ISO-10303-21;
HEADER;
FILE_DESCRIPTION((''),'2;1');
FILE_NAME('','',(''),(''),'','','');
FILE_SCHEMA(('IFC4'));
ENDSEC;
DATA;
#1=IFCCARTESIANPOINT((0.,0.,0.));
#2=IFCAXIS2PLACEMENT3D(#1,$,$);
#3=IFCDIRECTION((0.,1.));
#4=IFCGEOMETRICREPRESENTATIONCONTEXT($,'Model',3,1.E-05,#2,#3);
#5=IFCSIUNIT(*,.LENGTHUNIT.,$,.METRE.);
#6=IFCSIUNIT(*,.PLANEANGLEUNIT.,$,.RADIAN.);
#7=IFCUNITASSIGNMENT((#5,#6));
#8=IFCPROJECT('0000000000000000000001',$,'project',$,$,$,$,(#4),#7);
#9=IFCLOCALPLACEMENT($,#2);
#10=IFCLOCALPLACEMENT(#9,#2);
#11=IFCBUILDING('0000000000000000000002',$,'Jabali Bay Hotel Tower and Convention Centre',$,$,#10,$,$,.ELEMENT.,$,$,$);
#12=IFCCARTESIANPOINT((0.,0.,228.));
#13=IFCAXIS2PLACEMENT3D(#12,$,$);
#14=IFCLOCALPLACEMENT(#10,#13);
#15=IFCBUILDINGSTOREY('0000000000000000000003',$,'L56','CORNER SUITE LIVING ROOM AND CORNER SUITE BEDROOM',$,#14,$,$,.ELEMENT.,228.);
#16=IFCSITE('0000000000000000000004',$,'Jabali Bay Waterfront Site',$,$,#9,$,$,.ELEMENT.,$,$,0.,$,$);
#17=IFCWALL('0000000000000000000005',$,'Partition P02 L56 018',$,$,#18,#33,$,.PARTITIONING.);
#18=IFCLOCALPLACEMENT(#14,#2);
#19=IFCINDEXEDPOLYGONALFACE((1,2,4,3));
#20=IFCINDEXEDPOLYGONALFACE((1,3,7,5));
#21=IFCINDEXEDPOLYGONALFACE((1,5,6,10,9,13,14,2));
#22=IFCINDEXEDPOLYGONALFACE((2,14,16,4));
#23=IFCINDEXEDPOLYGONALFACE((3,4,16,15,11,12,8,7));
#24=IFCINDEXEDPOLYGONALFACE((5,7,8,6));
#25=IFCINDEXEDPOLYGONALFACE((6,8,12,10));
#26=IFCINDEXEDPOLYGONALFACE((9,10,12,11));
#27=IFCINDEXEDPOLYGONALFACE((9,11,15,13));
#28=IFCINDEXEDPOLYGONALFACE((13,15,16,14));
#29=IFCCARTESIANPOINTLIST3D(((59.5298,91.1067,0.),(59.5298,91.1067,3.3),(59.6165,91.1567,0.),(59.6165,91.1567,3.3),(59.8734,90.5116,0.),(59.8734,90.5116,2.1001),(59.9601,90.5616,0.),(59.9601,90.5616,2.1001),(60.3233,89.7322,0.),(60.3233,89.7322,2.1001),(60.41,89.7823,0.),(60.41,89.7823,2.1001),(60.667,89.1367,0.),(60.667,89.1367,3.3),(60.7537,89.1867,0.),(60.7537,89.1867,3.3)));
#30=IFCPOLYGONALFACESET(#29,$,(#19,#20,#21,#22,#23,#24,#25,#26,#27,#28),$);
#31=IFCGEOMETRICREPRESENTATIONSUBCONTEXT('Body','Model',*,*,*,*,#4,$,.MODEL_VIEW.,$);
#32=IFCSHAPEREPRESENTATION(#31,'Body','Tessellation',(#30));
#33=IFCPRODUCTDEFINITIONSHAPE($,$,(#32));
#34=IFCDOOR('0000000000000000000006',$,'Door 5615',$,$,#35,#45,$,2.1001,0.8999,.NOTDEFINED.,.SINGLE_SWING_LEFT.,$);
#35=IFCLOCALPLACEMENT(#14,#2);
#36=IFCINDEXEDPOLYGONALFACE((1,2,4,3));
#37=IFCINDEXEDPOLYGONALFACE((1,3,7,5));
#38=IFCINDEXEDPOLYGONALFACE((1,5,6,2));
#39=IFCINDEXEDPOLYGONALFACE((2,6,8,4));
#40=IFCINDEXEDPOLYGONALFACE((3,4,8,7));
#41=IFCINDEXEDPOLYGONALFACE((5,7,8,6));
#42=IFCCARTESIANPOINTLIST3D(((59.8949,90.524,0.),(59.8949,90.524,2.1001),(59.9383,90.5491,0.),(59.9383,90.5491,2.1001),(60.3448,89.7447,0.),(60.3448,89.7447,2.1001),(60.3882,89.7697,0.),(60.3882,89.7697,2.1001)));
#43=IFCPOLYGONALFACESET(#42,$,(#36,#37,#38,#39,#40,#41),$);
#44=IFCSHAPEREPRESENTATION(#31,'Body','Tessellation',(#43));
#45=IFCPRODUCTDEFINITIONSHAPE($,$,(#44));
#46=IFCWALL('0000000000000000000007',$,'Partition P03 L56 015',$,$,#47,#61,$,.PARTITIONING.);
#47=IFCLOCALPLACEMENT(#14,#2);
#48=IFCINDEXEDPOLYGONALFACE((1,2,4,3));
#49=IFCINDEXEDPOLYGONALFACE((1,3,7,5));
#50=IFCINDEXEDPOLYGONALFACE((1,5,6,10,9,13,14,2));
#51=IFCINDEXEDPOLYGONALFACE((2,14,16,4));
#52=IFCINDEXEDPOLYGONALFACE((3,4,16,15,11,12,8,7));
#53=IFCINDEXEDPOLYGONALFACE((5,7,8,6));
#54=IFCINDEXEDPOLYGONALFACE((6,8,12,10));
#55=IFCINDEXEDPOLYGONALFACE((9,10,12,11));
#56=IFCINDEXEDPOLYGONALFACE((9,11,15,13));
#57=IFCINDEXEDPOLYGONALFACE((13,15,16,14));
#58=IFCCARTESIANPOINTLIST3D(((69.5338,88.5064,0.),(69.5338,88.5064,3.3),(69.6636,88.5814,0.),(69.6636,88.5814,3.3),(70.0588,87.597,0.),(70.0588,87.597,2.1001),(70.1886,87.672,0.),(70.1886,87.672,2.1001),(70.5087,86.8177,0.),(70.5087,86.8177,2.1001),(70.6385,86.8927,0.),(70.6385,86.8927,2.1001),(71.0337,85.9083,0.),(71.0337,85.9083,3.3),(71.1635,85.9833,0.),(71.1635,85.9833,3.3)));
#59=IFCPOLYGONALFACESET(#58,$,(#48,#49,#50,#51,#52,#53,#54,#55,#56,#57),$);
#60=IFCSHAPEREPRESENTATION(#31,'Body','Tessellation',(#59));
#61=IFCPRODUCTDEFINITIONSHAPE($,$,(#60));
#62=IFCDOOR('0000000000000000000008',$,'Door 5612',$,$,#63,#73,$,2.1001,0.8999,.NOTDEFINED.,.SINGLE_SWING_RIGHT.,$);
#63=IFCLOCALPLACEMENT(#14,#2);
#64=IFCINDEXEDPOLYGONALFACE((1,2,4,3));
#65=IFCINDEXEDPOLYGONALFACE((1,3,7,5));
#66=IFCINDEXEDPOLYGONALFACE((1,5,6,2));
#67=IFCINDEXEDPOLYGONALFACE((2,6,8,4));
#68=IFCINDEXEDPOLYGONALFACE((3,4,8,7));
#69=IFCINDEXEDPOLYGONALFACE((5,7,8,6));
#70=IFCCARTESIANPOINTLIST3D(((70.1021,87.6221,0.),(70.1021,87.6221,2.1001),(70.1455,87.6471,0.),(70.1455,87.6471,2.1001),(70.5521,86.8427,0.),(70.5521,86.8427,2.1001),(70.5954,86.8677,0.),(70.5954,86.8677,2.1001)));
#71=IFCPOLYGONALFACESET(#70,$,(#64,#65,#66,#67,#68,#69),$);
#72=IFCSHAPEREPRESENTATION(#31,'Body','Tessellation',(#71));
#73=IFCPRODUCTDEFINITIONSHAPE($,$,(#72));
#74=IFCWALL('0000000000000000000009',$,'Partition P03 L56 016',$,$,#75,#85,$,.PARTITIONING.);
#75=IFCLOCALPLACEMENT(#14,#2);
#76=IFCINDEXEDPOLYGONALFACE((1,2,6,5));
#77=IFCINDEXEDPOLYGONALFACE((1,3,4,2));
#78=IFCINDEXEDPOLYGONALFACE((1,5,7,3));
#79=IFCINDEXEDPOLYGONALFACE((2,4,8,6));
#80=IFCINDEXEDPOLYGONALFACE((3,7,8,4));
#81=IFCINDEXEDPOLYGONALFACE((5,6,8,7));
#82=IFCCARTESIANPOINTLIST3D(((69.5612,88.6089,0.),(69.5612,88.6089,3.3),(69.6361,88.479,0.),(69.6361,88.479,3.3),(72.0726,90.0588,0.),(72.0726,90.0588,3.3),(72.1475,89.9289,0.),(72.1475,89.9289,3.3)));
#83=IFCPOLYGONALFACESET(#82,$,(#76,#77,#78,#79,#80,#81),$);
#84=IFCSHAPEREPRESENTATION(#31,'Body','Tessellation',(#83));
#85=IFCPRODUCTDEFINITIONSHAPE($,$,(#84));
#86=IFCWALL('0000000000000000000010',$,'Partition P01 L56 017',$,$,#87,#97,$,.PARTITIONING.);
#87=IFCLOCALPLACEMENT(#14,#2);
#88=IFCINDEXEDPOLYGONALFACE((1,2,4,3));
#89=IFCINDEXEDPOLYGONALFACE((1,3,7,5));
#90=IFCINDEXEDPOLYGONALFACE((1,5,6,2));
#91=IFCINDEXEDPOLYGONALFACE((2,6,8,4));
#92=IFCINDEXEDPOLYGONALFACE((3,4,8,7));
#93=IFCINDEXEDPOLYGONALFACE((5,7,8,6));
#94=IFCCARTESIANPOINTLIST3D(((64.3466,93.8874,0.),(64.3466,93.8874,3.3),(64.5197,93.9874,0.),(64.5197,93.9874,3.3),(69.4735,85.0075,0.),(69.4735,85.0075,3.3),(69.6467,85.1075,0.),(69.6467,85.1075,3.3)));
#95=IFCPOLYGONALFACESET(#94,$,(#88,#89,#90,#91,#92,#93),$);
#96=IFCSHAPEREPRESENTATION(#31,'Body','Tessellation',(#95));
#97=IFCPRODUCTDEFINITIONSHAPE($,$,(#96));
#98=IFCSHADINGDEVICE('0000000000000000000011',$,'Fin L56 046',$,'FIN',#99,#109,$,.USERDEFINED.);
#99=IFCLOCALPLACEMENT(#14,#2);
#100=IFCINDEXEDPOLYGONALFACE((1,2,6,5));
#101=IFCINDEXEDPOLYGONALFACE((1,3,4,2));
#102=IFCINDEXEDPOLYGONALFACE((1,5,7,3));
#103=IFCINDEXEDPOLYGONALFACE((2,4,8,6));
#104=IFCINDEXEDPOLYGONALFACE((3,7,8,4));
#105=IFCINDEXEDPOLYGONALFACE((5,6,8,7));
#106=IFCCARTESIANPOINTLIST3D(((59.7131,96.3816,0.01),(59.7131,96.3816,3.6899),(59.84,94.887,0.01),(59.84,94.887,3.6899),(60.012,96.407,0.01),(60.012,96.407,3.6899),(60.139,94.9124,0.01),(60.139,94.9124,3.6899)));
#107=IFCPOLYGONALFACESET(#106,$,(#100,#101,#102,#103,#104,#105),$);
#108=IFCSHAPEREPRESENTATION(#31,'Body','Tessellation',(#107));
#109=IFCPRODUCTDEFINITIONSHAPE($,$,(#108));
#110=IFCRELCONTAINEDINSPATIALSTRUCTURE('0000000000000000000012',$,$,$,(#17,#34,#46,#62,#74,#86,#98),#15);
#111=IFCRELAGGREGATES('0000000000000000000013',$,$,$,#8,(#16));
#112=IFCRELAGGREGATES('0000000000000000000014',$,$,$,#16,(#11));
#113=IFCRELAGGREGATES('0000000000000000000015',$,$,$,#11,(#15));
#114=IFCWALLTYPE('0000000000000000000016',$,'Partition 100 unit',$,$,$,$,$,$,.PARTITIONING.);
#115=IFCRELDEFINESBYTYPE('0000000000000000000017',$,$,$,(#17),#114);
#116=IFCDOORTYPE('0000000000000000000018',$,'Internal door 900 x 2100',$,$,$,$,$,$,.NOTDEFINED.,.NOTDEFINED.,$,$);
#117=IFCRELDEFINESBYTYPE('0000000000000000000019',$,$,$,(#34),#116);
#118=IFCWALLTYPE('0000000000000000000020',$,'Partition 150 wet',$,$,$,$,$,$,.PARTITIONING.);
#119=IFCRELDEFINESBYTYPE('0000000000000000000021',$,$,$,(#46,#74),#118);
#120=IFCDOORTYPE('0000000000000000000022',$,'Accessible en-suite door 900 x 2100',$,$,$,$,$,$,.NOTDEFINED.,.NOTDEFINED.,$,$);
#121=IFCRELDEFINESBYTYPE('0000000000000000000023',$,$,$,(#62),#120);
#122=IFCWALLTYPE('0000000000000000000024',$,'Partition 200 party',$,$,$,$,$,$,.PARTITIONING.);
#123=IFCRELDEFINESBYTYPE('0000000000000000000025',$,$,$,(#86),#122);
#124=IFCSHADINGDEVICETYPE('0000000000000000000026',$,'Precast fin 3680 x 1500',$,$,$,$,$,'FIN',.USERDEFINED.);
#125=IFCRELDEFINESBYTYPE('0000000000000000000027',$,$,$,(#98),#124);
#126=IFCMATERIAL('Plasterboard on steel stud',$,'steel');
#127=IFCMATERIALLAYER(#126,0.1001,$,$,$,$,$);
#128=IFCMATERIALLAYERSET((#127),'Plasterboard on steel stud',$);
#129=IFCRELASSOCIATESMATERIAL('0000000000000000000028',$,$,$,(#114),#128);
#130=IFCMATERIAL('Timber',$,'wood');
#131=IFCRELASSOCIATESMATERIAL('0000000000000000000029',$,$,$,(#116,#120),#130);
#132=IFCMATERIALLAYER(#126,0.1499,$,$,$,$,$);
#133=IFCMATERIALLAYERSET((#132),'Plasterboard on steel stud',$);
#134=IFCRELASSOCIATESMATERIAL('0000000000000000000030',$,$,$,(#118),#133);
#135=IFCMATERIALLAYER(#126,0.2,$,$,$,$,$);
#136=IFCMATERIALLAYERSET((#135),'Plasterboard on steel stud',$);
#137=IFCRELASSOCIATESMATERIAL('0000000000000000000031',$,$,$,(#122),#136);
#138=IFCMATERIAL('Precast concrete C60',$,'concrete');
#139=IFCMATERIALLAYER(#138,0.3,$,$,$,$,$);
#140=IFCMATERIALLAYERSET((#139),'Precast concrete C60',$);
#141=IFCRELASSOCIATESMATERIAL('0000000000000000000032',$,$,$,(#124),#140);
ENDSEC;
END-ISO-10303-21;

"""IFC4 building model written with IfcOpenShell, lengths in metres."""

from ifc_helpers import new_model, si_unit, direction, frame, frame_2d, origin, place, context, subcontext, project, spatial, rectangle, extrude, material, layer, layer_set, type_object, element, fill, save


model = new_model("IFC4")

# Units and contexts
model_context = context("Model", 3, precision=1e-05, world=origin(), true_north=direction((0.0, 1.0)))
body_context = subcontext(model_context, "Body", "Model", "MODEL_VIEW")
ifc_project = project(units=[si_unit("LENGTHUNIT", "METRE"), si_unit("PLANEANGLEUNIT", "RADIAN")], contexts=[model_context])

# Site, building, storey
site_placement = place(None, origin())
site = spatial("IfcSite", under=ifc_project, at=site_placement, Name="Jabali Bay Waterfront Site", CompositionType="ELEMENT", RefElevation=0.0)
building_placement = place(site_placement, origin())
building = spatial("IfcBuilding", under=site, at=building_placement, Name="Jabali Bay Hotel Tower and Convention Centre", CompositionType="ELEMENT")
storey_placement = place(building_placement, frame((0.0, 0.0, 228.0)))
storey = spatial("IfcBuildingStorey", under=building, at=storey_placement, Name="L56", Description="CORNER SUITE LIVING ROOM AND CORNER SUITE BEDROOM", CompositionType="ELEMENT", Elevation=228.0)

# Shared definitions
ifc_material_1 = material(Name="Timber", Category="wood")

# Walls, openings, doors
ifc_material_2 = material(Name="Plasterboard on steel stud", Category="steel")
ifc_layer_1 = layer(ifc_material_2, 0.1001)
ifc_layer_set_1 = layer_set([ifc_layer_1], Name="Plasterboard on steel stud")
wall_type_1 = type_object("IfcWallType", Name="Partition 100 unit", PredefinedType="PARTITIONING", material=ifc_layer_set_1)
wall_1_placement = place(storey_placement, frame((59.5732, 91.1316, 0.0), z_axis=(0.0, 0.0, 1.0), x_axis=(0.499949, -0.866055, 0.0)))
wall_1 = element("IfcWall", 1, at=wall_1_placement, inside=storey, type_object=wall_type_1, Name="Partition P02 L56 018", PredefinedType="PARTITIONING", context=body_context, shape_type="SweptSolid", body=[
    extrude(rectangle(XDim=2.2747, YDim=0.1001, at=frame_2d((1.1372, 0.0))), origin(), (0.0, 0.0, 1.0), 3.3),
])
opening_1_placement = place(wall_1_placement, frame((0.687, 0.0, 0.0)))
opening_1 = element("IfcOpeningElement", 2, at=opening_1_placement, cuts=wall_1, PredefinedType="OPENING", context=body_context, shape_type="SweptSolid", body=[
    extrude(rectangle(XDim=0.8999, YDim=2.1001, at=frame_2d((0.45, 1.05))), frame((0.0, 0.0605, 0.0), z_axis=(0.0, -1.0, 0.0), x_axis=(1.0, 0.0, 0.0)), (0.0, 0.0, 1.0), 0.1211),
])
door_type_1 = type_object("IfcDoorType", Name="Internal door 900 x 2100", OperationType="NOTDEFINED", PredefinedType="NOTDEFINED", material=ifc_material_1)
door_1_placement = place(opening_1_placement, origin())
door_1 = element("IfcDoor", 3, at=door_1_placement, inside=storey, type_object=door_type_1, Name="Door 5615", OperationType="SINGLE_SWING_LEFT", OverallHeight=2.1001, OverallWidth=0.8999, PredefinedType="NOTDEFINED", context=body_context, shape_type="SweptSolid", body=[
    extrude(rectangle(XDim=0.8999, YDim=2.1001, at=frame_2d((0.45, 1.05))), frame((0.0, 0.0249, 0.0), z_axis=(0.0, -1.0, 0.0), x_axis=(1.0, 0.0, 0.0)), (0.0, 0.0, 1.0), 0.05),
])
fill(opening_1, door_1)
ifc_layer_2 = layer(ifc_material_2, 0.1499)
ifc_layer_set_2 = layer_set([ifc_layer_2], Name="Plasterboard on steel stud")
wall_type_2 = type_object("IfcWallType", Name="Partition 150 wet", PredefinedType="PARTITIONING", material=ifc_layer_set_2)
wall_2_placement = place(storey_placement, frame((71.0986, 85.9458, 0.0), z_axis=(0.0, 0.0, 1.0), x_axis=(-0.49999, 0.866031, 0.0)))
wall_2 = element("IfcWall", 4, at=wall_2_placement, inside=storey, type_object=wall_type_2, Name="Partition P03 L56 015", PredefinedType="PARTITIONING", context=body_context, shape_type="SweptSolid", body=[
    extrude(rectangle(XDim=3.0, YDim=0.1499, at=frame_2d((1.5, 0.0))), origin(), (0.0, 0.0, 1.0), 3.3),
])
opening_2_placement = place(wall_2_placement, frame((1.05, 0.0, 0.0)))
opening_2 = element("IfcOpeningElement", 5, at=opening_2_placement, cuts=wall_2, PredefinedType="OPENING", context=body_context, shape_type="SweptSolid", body=[
    extrude(rectangle(XDim=0.8999, YDim=2.1001, at=frame_2d((0.45, 1.05))), frame((0.0, 0.0854, 0.0), z_axis=(0.0, -1.0, 0.0), x_axis=(1.0, 0.0, 0.0)), (0.0, 0.0, 1.0), 0.1709),
])
door_type_2 = type_object("IfcDoorType", Name="Accessible en-suite door 900 x 2100", OperationType="NOTDEFINED", PredefinedType="NOTDEFINED", material=ifc_material_1)
door_2_placement = place(opening_2_placement, origin())
door_2 = element("IfcDoor", 6, at=door_2_placement, inside=storey, type_object=door_type_2, Name="Door 5612", OperationType="SINGLE_SWING_RIGHT", OverallHeight=2.1001, OverallWidth=0.8999, PredefinedType="NOTDEFINED", context=body_context, shape_type="SweptSolid", body=[
    extrude(rectangle(XDim=0.8999, YDim=2.1001, at=frame_2d((0.45, 1.05))), frame((0.0, 0.0249, 0.0), z_axis=(0.0, -1.0, 0.0), x_axis=(1.0, 0.0, 0.0)), (0.0, 0.0, 1.0), 0.05),
])
fill(opening_2, door_2)

# Walls
wall_3_placement = place(storey_placement, frame((69.5986, 88.5439, 0.0), z_axis=(0.0, 0.0, 1.0), x_axis=(0.866033, 0.499987, 0.0)))
element("IfcWall", 7, at=wall_3_placement, inside=storey, type_object=wall_type_2, Name="Partition P03 L56 016", PredefinedType="PARTITIONING", context=body_context, shape_type="SweptSolid", body=[
    extrude(rectangle(XDim=2.8999, YDim=0.1499, at=frame_2d((1.45, 0.0))), origin(), (0.0, 0.0, 1.0), 3.3),
])
ifc_layer_3 = layer(ifc_material_2, 0.2)
ifc_layer_set_3 = layer_set([ifc_layer_3], Name="Plasterboard on steel stud")
wall_type_3 = type_object("IfcWallType", Name="Partition 200 party", PredefinedType="PARTITIONING", material=ifc_layer_set_3)
wall_4_placement = place(storey_placement, frame((64.4331, 93.9375, 0.0), z_axis=(0.0, 0.0, 1.0), x_axis=(0.500011, -0.866019, 0.0)))
element("IfcWall", 8, at=wall_4_placement, inside=storey, type_object=wall_type_3, Name="Partition P01 L56 017", PredefinedType="PARTITIONING", context=body_context, shape_type="SweptSolid", body=[
    extrude(rectangle(XDim=10.2537, YDim=0.2, at=frame_2d((5.127, 0.0))), origin(), (0.0, 0.0, 1.0), 3.3),
])

# Shading device
ifc_material_3 = material(Name="Precast concrete C60", Category="concrete")
ifc_layer_4 = layer(ifc_material_3, 0.3)
ifc_layer_set_4 = layer_set([ifc_layer_4], Name="Precast concrete C60")
shading_device_type = type_object("IfcShadingDeviceType", Name="Precast fin 3680 x 1500", ElementType="FIN", PredefinedType="USERDEFINED", material=ifc_layer_set_4)
shading_device_placement = place(storey_placement, frame((59.9895, 94.8997, 0.01), z_axis=(0.0, 0.0, 1.0), x_axis=(-0.084635, 0.996412, 0.0)))
element("IfcShadingDevice", 9, at=shading_device_placement, inside=storey, type_object=shading_device_type, Name="Fin L56 046", ObjectType="FIN", PredefinedType="USERDEFINED", context=body_context, shape_type="SweptSolid", body=[
    extrude(rectangle(XDim=1.5, YDim=0.3, at=frame_2d((0.75, 0.0))), origin(), (0.0, 0.0, 1.0), 3.6799),
])

save(model, "model.ifc")
